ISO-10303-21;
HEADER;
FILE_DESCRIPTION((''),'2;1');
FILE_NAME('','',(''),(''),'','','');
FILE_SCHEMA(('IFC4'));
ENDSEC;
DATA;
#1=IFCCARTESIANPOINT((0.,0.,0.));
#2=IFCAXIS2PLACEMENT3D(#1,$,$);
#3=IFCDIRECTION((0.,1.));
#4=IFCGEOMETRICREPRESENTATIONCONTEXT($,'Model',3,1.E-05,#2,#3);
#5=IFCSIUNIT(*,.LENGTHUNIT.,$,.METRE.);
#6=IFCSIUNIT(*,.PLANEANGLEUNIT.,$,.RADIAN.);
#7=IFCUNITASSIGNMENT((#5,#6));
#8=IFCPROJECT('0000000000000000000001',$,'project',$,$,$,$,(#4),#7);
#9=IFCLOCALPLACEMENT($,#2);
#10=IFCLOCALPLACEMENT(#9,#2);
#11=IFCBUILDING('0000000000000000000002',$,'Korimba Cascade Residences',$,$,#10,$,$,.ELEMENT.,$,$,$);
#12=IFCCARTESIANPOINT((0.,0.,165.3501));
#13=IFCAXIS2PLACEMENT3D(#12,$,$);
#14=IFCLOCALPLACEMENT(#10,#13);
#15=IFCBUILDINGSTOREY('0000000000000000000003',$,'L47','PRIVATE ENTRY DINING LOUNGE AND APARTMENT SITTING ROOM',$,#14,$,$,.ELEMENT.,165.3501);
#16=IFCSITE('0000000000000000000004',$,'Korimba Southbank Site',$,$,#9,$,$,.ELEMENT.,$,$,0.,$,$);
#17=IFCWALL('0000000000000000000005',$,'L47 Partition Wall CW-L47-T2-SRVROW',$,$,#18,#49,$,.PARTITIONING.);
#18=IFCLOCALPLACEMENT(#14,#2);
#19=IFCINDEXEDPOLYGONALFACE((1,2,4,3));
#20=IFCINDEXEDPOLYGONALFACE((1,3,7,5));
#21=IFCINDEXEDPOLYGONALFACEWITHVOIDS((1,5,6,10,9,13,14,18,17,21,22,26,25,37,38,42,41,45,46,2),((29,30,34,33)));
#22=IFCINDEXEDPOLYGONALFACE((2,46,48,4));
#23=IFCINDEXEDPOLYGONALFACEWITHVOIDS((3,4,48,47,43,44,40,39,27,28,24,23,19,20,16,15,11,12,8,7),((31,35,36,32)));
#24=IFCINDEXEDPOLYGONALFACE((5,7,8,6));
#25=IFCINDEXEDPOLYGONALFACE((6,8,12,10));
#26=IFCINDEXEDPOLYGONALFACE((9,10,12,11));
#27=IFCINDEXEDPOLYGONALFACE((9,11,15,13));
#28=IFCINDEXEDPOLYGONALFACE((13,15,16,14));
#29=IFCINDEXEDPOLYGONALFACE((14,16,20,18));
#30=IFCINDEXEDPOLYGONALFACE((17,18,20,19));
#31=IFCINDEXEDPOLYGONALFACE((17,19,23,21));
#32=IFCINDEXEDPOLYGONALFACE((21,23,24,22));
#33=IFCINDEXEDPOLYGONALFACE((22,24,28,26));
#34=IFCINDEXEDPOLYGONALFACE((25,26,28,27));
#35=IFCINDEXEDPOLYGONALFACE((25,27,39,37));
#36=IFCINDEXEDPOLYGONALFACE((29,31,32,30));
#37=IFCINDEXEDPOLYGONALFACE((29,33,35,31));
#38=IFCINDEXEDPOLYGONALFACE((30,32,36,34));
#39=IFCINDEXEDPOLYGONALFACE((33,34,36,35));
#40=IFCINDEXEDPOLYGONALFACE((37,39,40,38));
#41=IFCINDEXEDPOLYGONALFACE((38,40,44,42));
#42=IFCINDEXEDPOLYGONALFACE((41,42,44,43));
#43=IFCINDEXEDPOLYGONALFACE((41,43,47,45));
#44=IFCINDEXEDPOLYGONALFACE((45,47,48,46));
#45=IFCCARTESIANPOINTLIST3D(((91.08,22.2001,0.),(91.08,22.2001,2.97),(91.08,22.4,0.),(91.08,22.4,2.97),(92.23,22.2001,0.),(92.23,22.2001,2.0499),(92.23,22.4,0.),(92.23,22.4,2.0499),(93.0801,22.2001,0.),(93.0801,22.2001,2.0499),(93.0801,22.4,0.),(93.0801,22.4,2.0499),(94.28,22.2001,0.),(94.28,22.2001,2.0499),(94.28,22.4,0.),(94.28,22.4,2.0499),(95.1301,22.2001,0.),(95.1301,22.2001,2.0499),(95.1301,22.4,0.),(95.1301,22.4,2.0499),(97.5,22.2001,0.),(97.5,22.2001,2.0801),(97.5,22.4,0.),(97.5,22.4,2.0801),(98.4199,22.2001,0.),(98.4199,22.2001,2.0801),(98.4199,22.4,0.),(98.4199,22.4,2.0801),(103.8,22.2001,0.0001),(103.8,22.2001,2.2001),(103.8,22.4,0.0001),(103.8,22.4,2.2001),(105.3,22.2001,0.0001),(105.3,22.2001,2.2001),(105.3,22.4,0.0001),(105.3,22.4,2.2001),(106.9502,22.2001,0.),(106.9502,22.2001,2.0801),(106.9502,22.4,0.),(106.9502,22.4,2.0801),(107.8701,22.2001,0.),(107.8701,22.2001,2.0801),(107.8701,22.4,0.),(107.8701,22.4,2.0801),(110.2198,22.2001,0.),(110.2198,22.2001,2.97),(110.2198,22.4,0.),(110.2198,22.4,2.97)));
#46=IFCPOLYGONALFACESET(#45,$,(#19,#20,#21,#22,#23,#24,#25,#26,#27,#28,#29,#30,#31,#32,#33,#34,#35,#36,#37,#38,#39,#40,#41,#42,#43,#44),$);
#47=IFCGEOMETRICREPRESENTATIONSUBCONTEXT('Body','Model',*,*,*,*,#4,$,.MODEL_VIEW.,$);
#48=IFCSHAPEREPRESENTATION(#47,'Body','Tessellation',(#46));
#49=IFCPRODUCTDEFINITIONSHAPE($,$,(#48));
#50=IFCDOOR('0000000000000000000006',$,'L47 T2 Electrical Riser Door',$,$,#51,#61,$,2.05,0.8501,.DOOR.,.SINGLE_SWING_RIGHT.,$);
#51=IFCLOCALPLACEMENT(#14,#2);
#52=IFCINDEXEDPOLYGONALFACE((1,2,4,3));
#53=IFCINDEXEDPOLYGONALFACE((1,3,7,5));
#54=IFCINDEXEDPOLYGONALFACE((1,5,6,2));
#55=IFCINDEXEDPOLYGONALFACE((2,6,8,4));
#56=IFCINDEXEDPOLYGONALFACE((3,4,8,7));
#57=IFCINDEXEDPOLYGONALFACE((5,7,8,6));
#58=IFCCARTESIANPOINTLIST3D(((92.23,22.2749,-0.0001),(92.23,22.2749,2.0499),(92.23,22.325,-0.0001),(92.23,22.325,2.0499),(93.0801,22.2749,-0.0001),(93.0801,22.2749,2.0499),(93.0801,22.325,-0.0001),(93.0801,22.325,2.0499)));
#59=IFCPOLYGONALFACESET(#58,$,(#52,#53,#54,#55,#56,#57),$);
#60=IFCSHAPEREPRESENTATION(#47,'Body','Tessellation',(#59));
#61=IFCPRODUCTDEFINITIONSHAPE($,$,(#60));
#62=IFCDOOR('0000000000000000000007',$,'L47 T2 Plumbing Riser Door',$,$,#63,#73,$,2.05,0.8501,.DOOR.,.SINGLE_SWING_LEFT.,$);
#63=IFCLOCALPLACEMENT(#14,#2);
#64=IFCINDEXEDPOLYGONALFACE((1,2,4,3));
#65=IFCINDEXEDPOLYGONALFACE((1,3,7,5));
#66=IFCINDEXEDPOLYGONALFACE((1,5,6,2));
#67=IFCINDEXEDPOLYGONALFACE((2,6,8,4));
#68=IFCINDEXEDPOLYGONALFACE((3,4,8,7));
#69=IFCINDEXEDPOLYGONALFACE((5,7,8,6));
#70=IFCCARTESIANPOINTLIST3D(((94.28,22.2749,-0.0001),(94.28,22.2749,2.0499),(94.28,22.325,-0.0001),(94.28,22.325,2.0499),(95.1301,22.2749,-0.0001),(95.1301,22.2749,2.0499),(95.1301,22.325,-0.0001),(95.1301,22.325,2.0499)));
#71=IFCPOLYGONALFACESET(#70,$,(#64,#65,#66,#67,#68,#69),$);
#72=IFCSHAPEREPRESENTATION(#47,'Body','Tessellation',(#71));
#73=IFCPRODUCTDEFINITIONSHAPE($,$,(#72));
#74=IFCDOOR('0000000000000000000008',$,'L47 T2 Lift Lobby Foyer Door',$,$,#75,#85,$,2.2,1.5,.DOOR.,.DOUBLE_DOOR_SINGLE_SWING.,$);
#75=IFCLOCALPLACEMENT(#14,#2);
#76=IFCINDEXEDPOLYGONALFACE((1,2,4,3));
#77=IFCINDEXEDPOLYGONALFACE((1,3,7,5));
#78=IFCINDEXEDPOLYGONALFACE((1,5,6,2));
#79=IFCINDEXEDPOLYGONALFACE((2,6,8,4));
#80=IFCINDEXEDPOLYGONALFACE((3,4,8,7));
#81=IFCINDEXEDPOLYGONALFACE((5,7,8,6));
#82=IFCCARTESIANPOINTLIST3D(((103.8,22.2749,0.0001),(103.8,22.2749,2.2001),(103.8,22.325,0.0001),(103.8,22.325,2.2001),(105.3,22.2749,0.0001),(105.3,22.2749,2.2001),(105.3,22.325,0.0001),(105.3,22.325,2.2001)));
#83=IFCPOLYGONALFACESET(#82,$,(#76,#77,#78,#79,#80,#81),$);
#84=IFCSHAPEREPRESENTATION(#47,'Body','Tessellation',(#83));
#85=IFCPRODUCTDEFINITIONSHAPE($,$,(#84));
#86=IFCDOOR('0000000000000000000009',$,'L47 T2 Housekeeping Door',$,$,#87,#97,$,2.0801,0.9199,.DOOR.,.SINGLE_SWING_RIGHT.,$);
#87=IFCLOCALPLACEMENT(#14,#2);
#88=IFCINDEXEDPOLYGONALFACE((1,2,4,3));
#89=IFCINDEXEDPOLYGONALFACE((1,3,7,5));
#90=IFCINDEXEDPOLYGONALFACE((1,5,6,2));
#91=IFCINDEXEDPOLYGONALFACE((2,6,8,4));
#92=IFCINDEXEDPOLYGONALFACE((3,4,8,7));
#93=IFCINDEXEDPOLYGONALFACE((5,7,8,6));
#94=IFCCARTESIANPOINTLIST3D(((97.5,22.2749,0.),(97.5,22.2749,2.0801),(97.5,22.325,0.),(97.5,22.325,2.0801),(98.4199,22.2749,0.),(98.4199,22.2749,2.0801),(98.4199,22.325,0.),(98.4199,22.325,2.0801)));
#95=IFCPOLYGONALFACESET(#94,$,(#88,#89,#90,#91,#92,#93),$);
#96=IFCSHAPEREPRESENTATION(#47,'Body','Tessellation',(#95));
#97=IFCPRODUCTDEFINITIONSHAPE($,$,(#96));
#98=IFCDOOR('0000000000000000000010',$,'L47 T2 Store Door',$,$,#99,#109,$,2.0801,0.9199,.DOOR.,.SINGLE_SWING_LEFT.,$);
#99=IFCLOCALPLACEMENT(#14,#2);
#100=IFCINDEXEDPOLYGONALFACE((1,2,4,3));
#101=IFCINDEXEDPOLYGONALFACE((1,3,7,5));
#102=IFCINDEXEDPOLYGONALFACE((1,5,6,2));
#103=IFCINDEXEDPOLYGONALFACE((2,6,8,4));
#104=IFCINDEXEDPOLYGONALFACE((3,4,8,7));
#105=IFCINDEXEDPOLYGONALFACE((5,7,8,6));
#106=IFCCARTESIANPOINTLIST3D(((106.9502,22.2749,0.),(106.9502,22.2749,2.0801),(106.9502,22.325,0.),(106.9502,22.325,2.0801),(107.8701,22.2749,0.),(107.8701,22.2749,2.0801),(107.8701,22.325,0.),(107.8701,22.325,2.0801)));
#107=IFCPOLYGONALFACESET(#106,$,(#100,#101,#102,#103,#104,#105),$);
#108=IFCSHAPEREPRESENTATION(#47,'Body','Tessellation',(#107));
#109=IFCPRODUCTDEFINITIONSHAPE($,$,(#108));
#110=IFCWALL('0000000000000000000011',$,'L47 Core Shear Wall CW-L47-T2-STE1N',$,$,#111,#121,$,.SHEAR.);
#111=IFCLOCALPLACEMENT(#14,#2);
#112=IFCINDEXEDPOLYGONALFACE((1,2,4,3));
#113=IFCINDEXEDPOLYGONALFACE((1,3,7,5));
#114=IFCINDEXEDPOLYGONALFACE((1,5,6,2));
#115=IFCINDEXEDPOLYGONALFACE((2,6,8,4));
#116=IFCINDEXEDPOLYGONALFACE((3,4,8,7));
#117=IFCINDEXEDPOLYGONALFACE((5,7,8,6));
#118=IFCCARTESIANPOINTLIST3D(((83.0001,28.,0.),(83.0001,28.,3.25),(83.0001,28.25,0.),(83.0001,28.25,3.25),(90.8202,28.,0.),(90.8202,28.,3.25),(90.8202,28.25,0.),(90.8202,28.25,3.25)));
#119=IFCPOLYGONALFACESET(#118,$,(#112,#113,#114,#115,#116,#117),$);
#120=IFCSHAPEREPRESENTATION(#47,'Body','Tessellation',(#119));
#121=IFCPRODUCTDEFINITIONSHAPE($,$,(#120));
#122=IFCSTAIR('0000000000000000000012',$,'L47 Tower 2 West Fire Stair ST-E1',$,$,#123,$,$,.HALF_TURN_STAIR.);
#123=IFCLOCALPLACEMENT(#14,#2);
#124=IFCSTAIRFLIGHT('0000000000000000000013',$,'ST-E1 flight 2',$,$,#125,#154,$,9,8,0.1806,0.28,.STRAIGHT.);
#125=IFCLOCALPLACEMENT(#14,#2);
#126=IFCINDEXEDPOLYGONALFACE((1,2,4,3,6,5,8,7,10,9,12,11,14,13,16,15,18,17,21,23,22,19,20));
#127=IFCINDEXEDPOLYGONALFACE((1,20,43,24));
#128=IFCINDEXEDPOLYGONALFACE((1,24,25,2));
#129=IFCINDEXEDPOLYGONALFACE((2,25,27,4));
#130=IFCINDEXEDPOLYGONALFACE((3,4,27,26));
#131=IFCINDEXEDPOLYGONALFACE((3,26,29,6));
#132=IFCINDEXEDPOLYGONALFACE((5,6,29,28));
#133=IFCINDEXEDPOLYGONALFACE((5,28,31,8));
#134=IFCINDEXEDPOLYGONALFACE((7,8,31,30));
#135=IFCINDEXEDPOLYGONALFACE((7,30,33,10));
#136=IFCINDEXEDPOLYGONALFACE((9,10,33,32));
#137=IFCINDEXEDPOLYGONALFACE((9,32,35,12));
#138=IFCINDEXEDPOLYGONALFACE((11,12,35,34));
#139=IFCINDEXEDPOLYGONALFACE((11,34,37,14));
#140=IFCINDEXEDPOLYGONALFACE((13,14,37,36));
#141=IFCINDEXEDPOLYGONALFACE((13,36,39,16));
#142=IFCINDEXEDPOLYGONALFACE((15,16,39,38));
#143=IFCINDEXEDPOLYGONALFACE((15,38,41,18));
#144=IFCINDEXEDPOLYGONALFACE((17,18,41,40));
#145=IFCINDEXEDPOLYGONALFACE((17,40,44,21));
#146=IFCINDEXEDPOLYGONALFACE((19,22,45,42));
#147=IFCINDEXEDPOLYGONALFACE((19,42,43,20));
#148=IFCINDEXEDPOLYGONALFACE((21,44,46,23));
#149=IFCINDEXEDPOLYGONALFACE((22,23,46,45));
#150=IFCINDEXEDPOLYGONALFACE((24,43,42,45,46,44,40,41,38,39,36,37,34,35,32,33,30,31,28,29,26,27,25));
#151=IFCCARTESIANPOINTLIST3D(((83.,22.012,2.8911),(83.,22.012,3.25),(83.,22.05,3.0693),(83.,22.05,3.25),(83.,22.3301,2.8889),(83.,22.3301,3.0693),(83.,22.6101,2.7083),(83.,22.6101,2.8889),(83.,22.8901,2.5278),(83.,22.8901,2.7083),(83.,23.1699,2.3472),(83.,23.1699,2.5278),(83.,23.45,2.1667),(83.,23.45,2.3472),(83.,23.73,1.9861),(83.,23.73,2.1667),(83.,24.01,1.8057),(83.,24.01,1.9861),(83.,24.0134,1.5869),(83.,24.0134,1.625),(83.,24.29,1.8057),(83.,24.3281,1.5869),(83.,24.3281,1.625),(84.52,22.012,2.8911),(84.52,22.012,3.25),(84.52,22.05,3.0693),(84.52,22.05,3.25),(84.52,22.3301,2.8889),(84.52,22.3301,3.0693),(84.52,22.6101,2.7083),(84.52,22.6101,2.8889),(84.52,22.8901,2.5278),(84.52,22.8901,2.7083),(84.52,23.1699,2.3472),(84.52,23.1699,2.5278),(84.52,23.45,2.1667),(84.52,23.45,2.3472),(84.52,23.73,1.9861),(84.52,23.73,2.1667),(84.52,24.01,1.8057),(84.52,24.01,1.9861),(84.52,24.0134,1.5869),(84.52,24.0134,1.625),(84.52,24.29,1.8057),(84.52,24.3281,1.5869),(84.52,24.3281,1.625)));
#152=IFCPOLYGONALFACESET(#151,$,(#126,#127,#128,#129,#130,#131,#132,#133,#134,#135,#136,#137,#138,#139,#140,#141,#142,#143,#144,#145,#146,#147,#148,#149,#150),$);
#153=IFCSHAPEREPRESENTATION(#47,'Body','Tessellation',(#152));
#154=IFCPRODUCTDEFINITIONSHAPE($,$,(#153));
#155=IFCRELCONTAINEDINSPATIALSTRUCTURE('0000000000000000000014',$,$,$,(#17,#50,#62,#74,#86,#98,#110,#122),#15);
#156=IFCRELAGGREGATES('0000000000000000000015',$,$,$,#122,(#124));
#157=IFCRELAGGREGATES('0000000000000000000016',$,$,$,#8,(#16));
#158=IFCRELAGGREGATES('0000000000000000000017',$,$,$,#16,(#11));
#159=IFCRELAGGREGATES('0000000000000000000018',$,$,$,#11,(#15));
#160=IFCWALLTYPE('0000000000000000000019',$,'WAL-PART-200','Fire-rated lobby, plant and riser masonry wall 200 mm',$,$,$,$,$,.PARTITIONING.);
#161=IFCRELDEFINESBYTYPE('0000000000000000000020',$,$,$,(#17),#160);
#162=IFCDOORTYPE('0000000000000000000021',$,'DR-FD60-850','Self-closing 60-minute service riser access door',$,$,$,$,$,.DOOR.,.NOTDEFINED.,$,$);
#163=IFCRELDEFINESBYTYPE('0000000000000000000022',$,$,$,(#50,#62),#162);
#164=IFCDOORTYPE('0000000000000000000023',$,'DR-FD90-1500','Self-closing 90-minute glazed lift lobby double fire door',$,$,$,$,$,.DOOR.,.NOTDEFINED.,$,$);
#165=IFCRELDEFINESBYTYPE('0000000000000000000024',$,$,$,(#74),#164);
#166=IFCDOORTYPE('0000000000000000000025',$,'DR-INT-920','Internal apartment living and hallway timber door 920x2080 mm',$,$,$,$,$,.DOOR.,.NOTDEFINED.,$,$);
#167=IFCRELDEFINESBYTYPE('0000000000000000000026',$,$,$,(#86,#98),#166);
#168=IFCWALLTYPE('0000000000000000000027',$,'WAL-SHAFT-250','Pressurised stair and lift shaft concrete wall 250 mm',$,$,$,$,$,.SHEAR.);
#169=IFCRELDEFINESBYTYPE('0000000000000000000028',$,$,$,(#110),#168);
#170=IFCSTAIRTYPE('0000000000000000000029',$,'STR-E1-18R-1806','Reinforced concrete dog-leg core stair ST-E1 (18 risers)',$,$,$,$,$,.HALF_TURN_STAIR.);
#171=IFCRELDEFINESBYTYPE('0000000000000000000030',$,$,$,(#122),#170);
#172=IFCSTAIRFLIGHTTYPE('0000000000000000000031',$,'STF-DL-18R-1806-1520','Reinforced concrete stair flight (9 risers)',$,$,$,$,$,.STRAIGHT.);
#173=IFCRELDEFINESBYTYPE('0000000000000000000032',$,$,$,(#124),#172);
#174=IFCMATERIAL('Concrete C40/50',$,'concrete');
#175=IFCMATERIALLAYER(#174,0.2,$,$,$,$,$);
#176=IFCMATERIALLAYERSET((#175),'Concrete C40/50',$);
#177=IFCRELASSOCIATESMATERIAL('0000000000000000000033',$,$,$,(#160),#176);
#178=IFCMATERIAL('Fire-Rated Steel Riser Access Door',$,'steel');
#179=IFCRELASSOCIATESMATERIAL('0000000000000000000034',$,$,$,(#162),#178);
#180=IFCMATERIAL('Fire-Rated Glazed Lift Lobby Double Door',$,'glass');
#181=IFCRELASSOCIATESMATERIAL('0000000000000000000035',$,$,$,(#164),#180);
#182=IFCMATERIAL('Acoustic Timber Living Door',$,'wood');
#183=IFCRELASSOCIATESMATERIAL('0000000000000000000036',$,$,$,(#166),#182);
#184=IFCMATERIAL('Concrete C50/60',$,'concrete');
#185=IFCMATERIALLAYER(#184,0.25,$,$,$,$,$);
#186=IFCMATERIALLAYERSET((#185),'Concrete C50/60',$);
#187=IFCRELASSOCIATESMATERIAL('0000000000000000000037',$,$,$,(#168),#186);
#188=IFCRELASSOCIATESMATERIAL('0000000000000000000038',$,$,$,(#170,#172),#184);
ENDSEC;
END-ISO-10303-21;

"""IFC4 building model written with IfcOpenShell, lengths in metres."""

from ifc_helpers import new_model, si_unit, direction, frame, frame_2d, origin, place, context, subcontext, project, spatial, polyline, rectangle, outline, extrude, material, layer, layer_set, type_object, element, fill, aggregate, save


model = new_model("IFC4")

# Units and contexts
model_context = context("Model", 3, precision=1e-05, world=origin(), true_north=direction((0.0, 1.0)))
body_context = subcontext(model_context, "Body", "Model", "MODEL_VIEW")
ifc_project = project(units=[si_unit("LENGTHUNIT", "METRE"), si_unit("PLANEANGLEUNIT", "RADIAN")], contexts=[model_context])

# Site, building, storey
site_placement = place(None, origin())
site = spatial("IfcSite", under=ifc_project, at=site_placement, Name="Korimba Southbank Site", CompositionType="ELEMENT", RefElevation=0.0)
building_placement = place(site_placement, origin())
building = spatial("IfcBuilding", under=site, at=building_placement, Name="Korimba Cascade Residences", CompositionType="ELEMENT")
storey_placement = place(building_placement, frame((0.0, 0.0, 165.3501)))
storey = spatial("IfcBuildingStorey", under=building, at=storey_placement, Name="L47", Description="PRIVATE ENTRY DINING LOUNGE AND APARTMENT SITTING ROOM", CompositionType="ELEMENT", Elevation=165.3501)

# Shared definitions
ifc_material_1 = material(Name="Concrete C50/60", Category="concrete")

# Shared definitions
ifc_material_2 = material(Name="Concrete C40/50", Category="concrete")
ifc_layer_1 = layer(ifc_material_2, 0.2)
ifc_layer_set_1 = layer_set([ifc_layer_1], Name="Concrete C40/50")
wall_type_1 = type_object("IfcWallType", Name="WAL-PART-200", Description="Fire-rated lobby, plant and riser masonry wall 200 mm", PredefinedType="PARTITIONING", material=ifc_layer_set_1)

# Wall, openings, doors
wall_1_placement = place(storey_placement, frame((91.0801, 22.3, 0.0), z_axis=(0.0, 0.0, 1.0), x_axis=(1.0, 0.0, 0.0)))
wall_1 = element("IfcWall", 1, at=wall_1_placement, inside=storey, type_object=wall_type_1, Name="L47 Partition Wall CW-L47-T2-SRVROW", PredefinedType="PARTITIONING", context=body_context, shape_type="SweptSolid", body=[
    extrude(rectangle(XDim=19.1399, YDim=0.2, at=frame_2d((9.5698, 0.0))), origin(), (0.0, 0.0, 1.0), 2.97),
])
opening_1_placement = place(wall_1_placement, frame((1.1499, 0.0, 0.0)))
opening_1 = element("IfcOpeningElement", 2, at=opening_1_placement, cuts=wall_1, PredefinedType="OPENING", context=body_context, shape_type="SweptSolid", body=[
    extrude(rectangle(XDim=0.8501, YDim=2.05, at=frame_2d((0.425, 1.0249))), frame((0.0, 0.1099, 0.0), z_axis=(0.0, -1.0, 0.0), x_axis=(1.0, 0.0, 0.0)), (0.0, 0.0, 1.0), 0.22),
])
opening_2_placement = place(wall_1_placement, frame((3.2, 0.0, 0.0)))
opening_2 = element("IfcOpeningElement", 3, at=opening_2_placement, cuts=wall_1, PredefinedType="OPENING", context=body_context, shape_type="SweptSolid", body=[
    extrude(rectangle(XDim=0.8501, YDim=2.05, at=frame_2d((0.425, 1.0249))), frame((0.0, 0.1099, 0.0), z_axis=(0.0, -1.0, 0.0), x_axis=(1.0, 0.0, 0.0)), (0.0, 0.0, 1.0), 0.22),
])
opening_3_placement = place(wall_1_placement, frame((12.72, 0.0, 0.0)))
opening_3 = element("IfcOpeningElement", 4, at=opening_3_placement, cuts=wall_1, PredefinedType="OPENING", context=body_context, shape_type="SweptSolid", body=[
    extrude(rectangle(XDim=1.5, YDim=2.2, at=frame_2d((0.75, 1.1001))), frame((0.0, 0.1099, 0.0), z_axis=(0.0, -1.0, 0.0), x_axis=(1.0, 0.0, 0.0)), (0.0, 0.0, 1.0), 0.22),
])
opening_4_placement = place(wall_1_placement, frame((6.4199, 0.0, 0.0)))
opening_4 = element("IfcOpeningElement", 5, at=opening_4_placement, cuts=wall_1, PredefinedType="OPENING", context=body_context, shape_type="SweptSolid", body=[
    extrude(rectangle(XDim=0.9199, YDim=2.0801, at=frame_2d((0.46, 1.04))), frame((0.0, 0.1099, 0.0), z_axis=(0.0, -1.0, 0.0), x_axis=(1.0, 0.0, 0.0)), (0.0, 0.0, 1.0), 0.22),
])
opening_5_placement = place(wall_1_placement, frame((15.8701, 0.0, 0.0)))
opening_5 = element("IfcOpeningElement", 6, at=opening_5_placement, cuts=wall_1, PredefinedType="OPENING", context=body_context, shape_type="SweptSolid", body=[
    extrude(rectangle(XDim=0.9199, YDim=2.0801, at=frame_2d((0.46, 1.04))), frame((0.0, 0.1099, 0.0), z_axis=(0.0, -1.0, 0.0), x_axis=(1.0, 0.0, 0.0)), (0.0, 0.0, 1.0), 0.22),
])
ifc_material_3 = material(Name="Fire-Rated Steel Riser Access Door", Category="steel")
door_type_1 = type_object("IfcDoorType", Name="DR-FD60-850", Description="Self-closing 60-minute service riser access door", OperationType="NOTDEFINED", PredefinedType="DOOR", material=ifc_material_3)
door_1_placement = place(opening_1_placement, origin())
door_1 = element("IfcDoor", 7, at=door_1_placement, inside=storey, type_object=door_type_1, Name="L47 T2 Electrical Riser Door", OperationType="SINGLE_SWING_RIGHT", OverallHeight=2.05, OverallWidth=0.8501, PredefinedType="DOOR", context=body_context, shape_type="SweptSolid", body=[
    extrude(rectangle(XDim=0.8501, YDim=2.05, at=frame_2d((0.425, 1.0249))), frame((0.0, 0.0249, 0.0), z_axis=(0.0, -1.0, 0.0), x_axis=(1.0, 0.0, 0.0)), (0.0, 0.0, 1.0), 0.05),
])
fill(opening_1, door_1)
door_2_placement = place(opening_2_placement, origin())
door_2 = element("IfcDoor", 8, at=door_2_placement, inside=storey, type_object=door_type_1, Name="L47 T2 Plumbing Riser Door", OperationType="SINGLE_SWING_LEFT", OverallHeight=2.05, OverallWidth=0.8501, PredefinedType="DOOR", context=body_context, shape_type="SweptSolid", body=[
    extrude(rectangle(XDim=0.8501, YDim=2.05, at=frame_2d((0.425, 1.0249))), frame((0.0, 0.0249, 0.0), z_axis=(0.0, -1.0, 0.0), x_axis=(1.0, 0.0, 0.0)), (0.0, 0.0, 1.0), 0.05),
])
fill(opening_2, door_2)
ifc_material_4 = material(Name="Fire-Rated Glazed Lift Lobby Double Door", Category="glass")
door_type_2 = type_object("IfcDoorType", Name="DR-FD90-1500", Description="Self-closing 90-minute glazed lift lobby double fire door", OperationType="NOTDEFINED", PredefinedType="DOOR", material=ifc_material_4)
door_3_placement = place(opening_3_placement, origin())
door_3 = element("IfcDoor", 9, at=door_3_placement, inside=storey, type_object=door_type_2, Name="L47 T2 Lift Lobby Foyer Door", OperationType="DOUBLE_DOOR_SINGLE_SWING", OverallHeight=2.2, OverallWidth=1.5, PredefinedType="DOOR", context=body_context, shape_type="SweptSolid", body=[
    extrude(rectangle(XDim=1.5, YDim=2.2, at=frame_2d((0.75, 1.1001))), frame((0.0, 0.0249, 0.0), z_axis=(0.0, -1.0, 0.0), x_axis=(1.0, 0.0, 0.0)), (0.0, 0.0, 1.0), 0.05),
])
fill(opening_3, door_3)
ifc_material_5 = material(Name="Acoustic Timber Living Door", Category="wood")
door_type_3 = type_object("IfcDoorType", Name="DR-INT-920", Description="Internal apartment living and hallway timber door 920x2080 mm", OperationType="NOTDEFINED", PredefinedType="DOOR", material=ifc_material_5)
door_4_placement = place(opening_4_placement, origin())
door_4 = element("IfcDoor", 10, at=door_4_placement, inside=storey, type_object=door_type_3, Name="L47 T2 Housekeeping Door", OperationType="SINGLE_SWING_RIGHT", OverallHeight=2.0801, OverallWidth=0.9199, PredefinedType="DOOR", context=body_context, shape_type="SweptSolid", body=[
    extrude(rectangle(XDim=0.9199, YDim=2.0801, at=frame_2d((0.46, 1.04))), frame((0.0, 0.0249, 0.0), z_axis=(0.0, -1.0, 0.0), x_axis=(1.0, 0.0, 0.0)), (0.0, 0.0, 1.0), 0.05),
])
fill(opening_4, door_4)
door_5_placement = place(opening_5_placement, origin())
door_5 = element("IfcDoor", 11, at=door_5_placement, inside=storey, type_object=door_type_3, Name="L47 T2 Store Door", OperationType="SINGLE_SWING_LEFT", OverallHeight=2.0801, OverallWidth=0.9199, PredefinedType="DOOR", context=body_context, shape_type="SweptSolid", body=[
    extrude(rectangle(XDim=0.9199, YDim=2.0801, at=frame_2d((0.46, 1.04))), frame((0.0, 0.0249, 0.0), z_axis=(0.0, -1.0, 0.0), x_axis=(1.0, 0.0, 0.0)), (0.0, 0.0, 1.0), 0.05),
])
fill(opening_5, door_5)

# Wall
ifc_layer_2 = layer(ifc_material_1, 0.25)
ifc_layer_set_2 = layer_set([ifc_layer_2], Name="Concrete C50/60")
wall_type_2 = type_object("IfcWallType", Name="WAL-SHAFT-250", Description="Pressurised stair and lift shaft concrete wall 250 mm", PredefinedType="SHEAR", material=ifc_layer_set_2)
wall_2_placement = place(storey_placement, frame((83.0, 28.125, 0.0), z_axis=(0.0, 0.0, 1.0), x_axis=(1.0, 0.0, 0.0)))
element("IfcWall", 12, at=wall_2_placement, inside=storey, type_object=wall_type_2, Name="L47 Core Shear Wall CW-L47-T2-STE1N", PredefinedType="SHEAR", context=body_context, shape_type="SweptSolid", body=[
    extrude(rectangle(XDim=7.8201, YDim=0.25, at=frame_2d((3.9102, 0.0))), origin(), (0.0, 0.0, 1.0), 3.25),
])

# Stair, stair flight
stair_type = type_object("IfcStairType", Name="STR-E1-18R-1806", Description="Reinforced concrete dog-leg core stair ST-E1 (18 risers)", PredefinedType="HALF_TURN_STAIR", material=ifc_material_1)
stair_placement = place(storey_placement, origin())
stair = element("IfcStair", 13, at=stair_placement, inside=storey, type_object=stair_type, Name="L47 Tower 2 West Fire Stair ST-E1", PredefinedType="HALF_TURN_STAIR")
stair_flight_type = type_object("IfcStairFlightType", Name="STF-DL-18R-1806-1520", Description="Reinforced concrete stair flight (9 risers)", PredefinedType="STRAIGHT", material=ifc_material_1)
stair_flight_placement = place(storey_placement, frame((83.76, 24.29, 1.625), z_axis=(0.0, 0.0, 1.0), x_axis=(0.0, -1.0, 0.0)))
stair_flight = element("IfcStairFlight", 14, at=stair_flight_placement, type_object=stair_flight_type, Name="ST-E1 flight 2", NumberOfRisers=9, NumberOfTreads=8, PredefinedType="STRAIGHT", RiserHeight=0.1806, TreadLength=0.28, context=body_context, shape_type="SweptSolid", body=[
    extrude(outline(polyline([(-0.0381, 0.0), (0.0, 0.1807), (0.28, 0.1807), (0.28, 0.3611), (0.5601, 0.3611), (0.5601, 0.5417), (0.8401, 0.5417), (0.8401, 0.7222), (1.1201, 0.7222), (1.1201, 0.9028), (1.3999, 0.9028), (1.3999, 1.0833), (1.6799, 1.0833), (1.6799, 1.2639), (1.96, 1.2639), (1.96, 1.4443), (2.24, 1.4443), (2.24, 1.625), (2.2781, 1.625), (2.2781, 1.2661), (0.2766, 0.0), (0.2766, -0.0381), (-0.0381, -0.0381), (-0.0381, 0.0)])), frame((0.0, 0.76, 0.0), z_axis=(0.0, -1.0, 0.0), x_axis=(1.0, 0.0, 0.0)), (0.0, 0.0, 1.0), 1.52),
])
aggregate(stair, [stair_flight])

save(model, "model.ifc")
